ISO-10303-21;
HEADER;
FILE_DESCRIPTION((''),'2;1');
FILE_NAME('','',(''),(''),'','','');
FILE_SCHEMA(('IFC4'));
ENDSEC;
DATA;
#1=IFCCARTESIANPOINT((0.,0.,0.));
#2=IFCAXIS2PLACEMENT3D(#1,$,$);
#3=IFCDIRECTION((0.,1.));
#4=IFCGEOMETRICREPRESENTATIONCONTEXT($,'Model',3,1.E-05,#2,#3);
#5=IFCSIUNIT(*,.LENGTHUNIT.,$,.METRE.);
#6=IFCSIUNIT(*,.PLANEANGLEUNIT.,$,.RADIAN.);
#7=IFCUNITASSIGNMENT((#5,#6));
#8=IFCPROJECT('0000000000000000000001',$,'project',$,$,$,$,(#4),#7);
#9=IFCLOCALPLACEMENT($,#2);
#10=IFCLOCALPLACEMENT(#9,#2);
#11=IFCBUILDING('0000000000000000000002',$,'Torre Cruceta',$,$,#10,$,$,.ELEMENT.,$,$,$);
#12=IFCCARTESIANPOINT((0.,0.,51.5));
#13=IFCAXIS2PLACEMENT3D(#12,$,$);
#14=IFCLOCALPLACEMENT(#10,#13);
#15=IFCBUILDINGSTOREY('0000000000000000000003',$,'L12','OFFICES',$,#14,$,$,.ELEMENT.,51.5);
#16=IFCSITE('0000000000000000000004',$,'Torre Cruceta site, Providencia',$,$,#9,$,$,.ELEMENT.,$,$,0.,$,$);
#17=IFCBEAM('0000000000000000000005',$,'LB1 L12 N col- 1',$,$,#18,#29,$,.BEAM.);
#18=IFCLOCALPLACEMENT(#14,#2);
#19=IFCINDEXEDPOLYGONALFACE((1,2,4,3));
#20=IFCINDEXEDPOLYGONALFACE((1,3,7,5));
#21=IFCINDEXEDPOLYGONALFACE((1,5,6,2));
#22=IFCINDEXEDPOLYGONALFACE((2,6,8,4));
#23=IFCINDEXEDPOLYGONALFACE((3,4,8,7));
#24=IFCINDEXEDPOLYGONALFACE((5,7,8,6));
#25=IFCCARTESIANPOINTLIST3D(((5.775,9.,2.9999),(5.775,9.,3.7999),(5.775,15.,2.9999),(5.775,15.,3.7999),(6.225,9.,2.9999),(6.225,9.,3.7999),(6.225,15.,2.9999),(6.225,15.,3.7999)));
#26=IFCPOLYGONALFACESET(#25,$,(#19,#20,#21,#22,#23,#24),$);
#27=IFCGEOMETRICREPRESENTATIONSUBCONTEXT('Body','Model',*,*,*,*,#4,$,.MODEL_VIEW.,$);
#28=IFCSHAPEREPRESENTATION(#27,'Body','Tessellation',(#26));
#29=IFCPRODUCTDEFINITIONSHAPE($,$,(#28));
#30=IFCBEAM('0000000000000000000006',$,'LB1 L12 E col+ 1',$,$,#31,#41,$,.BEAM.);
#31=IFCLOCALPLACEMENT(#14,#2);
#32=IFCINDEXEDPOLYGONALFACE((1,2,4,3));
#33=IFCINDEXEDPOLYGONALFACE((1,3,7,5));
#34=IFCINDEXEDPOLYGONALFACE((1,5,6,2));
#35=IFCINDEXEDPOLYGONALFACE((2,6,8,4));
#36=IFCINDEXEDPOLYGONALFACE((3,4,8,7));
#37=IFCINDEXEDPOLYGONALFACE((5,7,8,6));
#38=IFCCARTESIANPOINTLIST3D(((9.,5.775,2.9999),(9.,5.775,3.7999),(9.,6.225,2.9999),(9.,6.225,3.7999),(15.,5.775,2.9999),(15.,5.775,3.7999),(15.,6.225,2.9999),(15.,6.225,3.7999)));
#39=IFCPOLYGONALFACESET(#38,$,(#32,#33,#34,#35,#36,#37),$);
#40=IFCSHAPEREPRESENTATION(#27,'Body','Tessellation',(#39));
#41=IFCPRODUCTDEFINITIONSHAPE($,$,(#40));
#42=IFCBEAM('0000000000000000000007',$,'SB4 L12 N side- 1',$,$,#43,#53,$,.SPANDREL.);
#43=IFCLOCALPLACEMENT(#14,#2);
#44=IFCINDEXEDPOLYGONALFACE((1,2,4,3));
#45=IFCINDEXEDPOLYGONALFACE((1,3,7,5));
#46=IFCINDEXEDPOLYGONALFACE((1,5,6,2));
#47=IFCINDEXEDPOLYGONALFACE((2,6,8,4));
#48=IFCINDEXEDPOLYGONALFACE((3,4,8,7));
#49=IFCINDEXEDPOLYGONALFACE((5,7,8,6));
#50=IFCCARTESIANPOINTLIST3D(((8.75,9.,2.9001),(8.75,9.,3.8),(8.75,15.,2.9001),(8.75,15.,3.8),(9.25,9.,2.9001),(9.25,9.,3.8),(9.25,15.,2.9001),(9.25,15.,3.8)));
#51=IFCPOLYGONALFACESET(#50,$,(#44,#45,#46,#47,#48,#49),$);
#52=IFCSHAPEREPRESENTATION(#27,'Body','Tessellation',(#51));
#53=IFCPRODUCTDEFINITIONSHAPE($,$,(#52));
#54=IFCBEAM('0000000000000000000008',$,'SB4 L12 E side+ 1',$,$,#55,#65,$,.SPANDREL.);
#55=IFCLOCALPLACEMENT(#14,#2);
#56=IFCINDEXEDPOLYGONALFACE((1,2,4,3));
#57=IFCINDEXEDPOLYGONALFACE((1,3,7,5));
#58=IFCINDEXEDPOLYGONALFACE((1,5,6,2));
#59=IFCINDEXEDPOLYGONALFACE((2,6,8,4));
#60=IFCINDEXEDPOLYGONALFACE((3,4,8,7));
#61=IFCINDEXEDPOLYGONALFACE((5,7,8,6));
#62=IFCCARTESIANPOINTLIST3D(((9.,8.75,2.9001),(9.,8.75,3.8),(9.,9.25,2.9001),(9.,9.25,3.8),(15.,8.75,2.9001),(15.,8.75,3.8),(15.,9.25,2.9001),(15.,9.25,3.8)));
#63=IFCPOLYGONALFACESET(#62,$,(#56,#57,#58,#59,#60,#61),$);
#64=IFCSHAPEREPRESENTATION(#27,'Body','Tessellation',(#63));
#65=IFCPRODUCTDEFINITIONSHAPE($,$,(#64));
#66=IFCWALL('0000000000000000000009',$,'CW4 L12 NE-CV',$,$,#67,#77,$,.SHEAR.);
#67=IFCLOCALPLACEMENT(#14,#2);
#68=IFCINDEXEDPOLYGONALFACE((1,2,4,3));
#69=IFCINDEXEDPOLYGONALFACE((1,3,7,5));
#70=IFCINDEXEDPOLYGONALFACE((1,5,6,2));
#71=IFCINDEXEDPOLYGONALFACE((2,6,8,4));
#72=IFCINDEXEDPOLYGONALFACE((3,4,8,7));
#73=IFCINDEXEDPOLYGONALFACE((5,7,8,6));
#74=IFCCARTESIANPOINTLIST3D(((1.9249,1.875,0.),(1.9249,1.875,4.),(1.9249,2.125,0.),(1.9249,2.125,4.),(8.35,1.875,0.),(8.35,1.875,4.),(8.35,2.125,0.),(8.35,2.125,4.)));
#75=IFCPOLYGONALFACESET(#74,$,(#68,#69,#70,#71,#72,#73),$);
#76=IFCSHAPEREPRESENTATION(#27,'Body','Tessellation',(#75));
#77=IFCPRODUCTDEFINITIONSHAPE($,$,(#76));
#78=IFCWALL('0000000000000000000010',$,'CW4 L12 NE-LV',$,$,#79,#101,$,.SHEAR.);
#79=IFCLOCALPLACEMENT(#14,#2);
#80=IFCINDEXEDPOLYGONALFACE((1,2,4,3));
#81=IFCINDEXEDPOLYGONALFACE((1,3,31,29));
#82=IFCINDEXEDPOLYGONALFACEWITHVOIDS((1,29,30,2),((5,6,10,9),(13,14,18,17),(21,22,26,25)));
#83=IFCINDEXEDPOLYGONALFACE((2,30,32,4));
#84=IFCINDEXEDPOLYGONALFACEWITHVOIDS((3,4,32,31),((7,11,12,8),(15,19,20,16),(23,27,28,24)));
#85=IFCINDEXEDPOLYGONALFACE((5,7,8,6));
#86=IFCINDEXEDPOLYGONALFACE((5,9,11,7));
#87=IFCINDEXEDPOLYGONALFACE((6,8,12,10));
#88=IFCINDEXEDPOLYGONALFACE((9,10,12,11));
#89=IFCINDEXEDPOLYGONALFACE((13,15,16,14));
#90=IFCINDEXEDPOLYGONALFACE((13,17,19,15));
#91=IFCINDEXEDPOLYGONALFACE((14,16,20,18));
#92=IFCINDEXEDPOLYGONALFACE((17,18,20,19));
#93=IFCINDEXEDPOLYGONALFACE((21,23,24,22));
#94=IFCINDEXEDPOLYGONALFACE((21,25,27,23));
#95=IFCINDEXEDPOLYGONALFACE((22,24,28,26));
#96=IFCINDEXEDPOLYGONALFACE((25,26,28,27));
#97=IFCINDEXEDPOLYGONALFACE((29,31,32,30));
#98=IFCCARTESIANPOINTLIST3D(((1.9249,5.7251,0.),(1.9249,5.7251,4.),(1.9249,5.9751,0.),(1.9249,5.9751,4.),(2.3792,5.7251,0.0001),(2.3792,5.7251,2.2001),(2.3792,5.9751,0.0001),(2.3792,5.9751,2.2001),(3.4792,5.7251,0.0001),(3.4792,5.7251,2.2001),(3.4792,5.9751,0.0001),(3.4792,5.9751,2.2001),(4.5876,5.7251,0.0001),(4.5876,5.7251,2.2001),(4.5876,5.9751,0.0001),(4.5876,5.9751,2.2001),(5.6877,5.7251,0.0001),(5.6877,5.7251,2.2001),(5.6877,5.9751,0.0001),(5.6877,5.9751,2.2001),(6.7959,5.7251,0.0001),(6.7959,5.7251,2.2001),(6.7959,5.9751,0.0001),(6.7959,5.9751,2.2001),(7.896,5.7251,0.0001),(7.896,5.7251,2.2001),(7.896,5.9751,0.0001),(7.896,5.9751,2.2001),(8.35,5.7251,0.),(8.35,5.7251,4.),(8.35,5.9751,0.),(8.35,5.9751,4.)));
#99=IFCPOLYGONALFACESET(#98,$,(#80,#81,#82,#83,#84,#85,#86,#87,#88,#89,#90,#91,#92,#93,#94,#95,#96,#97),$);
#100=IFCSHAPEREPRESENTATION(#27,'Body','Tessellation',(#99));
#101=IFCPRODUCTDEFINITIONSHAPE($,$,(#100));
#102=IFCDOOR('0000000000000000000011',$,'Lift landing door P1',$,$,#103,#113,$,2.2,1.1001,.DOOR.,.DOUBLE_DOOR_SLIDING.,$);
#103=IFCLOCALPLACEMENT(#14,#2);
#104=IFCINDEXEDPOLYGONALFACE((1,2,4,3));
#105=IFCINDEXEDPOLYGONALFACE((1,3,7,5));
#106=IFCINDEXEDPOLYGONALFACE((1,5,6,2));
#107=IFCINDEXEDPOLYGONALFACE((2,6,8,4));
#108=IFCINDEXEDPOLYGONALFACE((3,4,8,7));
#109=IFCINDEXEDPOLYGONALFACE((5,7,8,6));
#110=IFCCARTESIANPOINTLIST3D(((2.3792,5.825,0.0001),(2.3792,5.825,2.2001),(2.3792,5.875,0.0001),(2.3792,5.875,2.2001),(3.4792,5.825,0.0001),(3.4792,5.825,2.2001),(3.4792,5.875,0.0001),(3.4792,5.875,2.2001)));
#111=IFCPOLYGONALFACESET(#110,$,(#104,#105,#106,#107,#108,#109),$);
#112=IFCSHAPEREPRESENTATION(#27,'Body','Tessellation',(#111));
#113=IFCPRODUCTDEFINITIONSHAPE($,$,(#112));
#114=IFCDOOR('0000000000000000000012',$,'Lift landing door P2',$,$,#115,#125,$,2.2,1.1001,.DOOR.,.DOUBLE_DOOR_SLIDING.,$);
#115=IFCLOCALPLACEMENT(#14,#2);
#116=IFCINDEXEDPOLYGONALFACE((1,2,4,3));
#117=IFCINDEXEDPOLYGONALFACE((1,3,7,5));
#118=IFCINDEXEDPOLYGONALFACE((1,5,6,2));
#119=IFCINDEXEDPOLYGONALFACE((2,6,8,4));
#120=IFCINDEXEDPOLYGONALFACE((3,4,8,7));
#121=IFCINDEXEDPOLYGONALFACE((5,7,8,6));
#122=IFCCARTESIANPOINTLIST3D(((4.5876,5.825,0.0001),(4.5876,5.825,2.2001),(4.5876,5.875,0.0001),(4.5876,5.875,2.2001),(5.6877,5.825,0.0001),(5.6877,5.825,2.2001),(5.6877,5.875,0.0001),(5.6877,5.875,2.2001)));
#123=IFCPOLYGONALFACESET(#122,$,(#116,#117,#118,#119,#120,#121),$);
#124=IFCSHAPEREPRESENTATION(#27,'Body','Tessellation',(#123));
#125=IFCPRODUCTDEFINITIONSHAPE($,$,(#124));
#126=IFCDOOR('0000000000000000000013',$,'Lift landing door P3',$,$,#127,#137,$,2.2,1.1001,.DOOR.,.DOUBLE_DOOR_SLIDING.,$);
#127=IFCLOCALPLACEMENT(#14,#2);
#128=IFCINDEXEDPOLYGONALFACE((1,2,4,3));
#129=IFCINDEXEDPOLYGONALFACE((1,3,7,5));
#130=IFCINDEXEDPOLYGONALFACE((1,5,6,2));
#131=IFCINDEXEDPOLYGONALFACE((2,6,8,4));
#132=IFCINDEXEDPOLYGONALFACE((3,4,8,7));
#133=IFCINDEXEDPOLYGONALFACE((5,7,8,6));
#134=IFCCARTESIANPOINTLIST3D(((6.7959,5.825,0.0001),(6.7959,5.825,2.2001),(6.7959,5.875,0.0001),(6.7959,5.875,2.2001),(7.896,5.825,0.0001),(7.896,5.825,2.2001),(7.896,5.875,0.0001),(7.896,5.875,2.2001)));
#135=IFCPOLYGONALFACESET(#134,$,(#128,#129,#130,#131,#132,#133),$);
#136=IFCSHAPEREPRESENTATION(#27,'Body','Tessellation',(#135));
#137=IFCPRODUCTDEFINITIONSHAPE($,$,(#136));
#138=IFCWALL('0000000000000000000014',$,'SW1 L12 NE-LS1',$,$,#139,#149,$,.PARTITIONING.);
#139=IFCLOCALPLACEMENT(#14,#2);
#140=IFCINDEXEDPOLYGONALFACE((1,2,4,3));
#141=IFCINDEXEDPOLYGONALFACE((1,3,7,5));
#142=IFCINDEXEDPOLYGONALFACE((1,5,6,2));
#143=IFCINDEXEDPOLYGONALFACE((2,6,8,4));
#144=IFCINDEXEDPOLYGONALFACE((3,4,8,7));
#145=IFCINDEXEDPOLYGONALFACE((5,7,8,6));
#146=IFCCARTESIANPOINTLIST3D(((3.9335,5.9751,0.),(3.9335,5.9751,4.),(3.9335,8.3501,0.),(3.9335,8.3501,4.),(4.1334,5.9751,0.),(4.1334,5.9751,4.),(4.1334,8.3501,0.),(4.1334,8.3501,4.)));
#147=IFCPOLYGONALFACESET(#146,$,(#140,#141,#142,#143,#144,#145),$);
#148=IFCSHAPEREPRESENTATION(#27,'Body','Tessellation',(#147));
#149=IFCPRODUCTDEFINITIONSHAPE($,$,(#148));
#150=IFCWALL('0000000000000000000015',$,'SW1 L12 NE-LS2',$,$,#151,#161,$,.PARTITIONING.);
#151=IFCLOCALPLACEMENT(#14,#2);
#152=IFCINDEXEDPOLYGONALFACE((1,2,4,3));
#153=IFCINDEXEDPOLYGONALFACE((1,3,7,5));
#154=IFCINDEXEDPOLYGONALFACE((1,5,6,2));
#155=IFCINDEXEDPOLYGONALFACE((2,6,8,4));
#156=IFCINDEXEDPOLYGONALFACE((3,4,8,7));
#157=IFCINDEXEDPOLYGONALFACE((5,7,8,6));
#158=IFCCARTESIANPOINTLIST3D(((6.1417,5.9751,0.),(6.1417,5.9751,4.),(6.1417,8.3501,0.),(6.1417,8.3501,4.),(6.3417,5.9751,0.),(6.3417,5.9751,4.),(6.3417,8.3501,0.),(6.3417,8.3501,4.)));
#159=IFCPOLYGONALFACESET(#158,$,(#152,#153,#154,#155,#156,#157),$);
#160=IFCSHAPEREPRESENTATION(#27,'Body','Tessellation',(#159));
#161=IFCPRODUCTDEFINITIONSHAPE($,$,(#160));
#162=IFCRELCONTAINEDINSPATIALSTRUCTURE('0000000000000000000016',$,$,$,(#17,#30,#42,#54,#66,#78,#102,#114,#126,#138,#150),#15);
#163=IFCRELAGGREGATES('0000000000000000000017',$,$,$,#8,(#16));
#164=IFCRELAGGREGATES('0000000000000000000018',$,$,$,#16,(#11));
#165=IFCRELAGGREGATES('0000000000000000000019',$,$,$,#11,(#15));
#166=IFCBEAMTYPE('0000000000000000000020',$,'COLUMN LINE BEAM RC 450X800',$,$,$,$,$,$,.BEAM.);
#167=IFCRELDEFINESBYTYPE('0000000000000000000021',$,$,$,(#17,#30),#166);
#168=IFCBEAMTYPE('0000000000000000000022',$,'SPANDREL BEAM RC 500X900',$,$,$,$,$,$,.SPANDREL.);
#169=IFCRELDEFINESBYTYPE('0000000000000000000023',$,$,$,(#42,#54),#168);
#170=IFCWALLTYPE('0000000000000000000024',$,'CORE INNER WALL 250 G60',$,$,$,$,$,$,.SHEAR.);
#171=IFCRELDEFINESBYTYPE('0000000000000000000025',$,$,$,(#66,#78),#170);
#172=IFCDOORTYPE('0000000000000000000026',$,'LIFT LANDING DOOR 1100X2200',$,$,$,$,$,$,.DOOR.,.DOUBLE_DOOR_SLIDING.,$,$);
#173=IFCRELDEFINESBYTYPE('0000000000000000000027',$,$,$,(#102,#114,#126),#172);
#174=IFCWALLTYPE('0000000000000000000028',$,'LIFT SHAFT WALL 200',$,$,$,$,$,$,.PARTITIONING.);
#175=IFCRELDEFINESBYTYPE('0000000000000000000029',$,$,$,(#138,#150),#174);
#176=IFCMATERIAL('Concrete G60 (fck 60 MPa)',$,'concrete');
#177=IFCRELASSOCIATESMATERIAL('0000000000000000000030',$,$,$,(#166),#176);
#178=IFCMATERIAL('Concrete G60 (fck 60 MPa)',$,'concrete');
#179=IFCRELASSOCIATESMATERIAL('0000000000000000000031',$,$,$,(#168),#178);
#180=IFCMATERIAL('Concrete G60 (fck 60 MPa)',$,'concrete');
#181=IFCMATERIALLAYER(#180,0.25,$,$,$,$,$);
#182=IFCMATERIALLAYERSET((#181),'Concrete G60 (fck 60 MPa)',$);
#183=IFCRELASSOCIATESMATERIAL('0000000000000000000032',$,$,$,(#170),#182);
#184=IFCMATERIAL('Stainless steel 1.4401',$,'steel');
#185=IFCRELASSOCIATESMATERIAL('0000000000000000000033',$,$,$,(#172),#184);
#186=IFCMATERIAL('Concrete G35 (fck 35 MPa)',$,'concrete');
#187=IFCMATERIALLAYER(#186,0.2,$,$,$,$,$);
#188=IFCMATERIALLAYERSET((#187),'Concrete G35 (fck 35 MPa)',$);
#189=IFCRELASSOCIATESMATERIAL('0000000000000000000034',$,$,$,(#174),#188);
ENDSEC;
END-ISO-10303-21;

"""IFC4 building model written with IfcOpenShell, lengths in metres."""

from ifc_helpers import new_model, si_unit, direction, frame, frame_2d, origin, origin_2d, place, context, subcontext, project, spatial, rectangle, extrude, material, layer, layer_set, material_profile, profile_set, type_object, element, fill, save


model = new_model("IFC4")

# Units and contexts
model_context = context("Model", 3, precision=1e-05, world=origin(), true_north=direction((0.0, 1.0)))
body_context = subcontext(model_context, "Body", "Model", "MODEL_VIEW")
ifc_project = project(units=[si_unit("LENGTHUNIT", "METRE"), si_unit("PLANEANGLEUNIT", "RADIAN")], contexts=[model_context])

# Site, building, storey
site_placement = place(None, origin())
site = spatial("IfcSite", under=ifc_project, at=site_placement, Name="Torre Cruceta site, Providencia", CompositionType="ELEMENT", RefElevation=0.0)
building_placement = place(site_placement, origin())
building = spatial("IfcBuilding", under=site, at=building_placement, Name="Torre Cruceta", CompositionType="ELEMENT")
storey_placement = place(building_placement, frame((0.0, 0.0, 51.5)))
storey = spatial("IfcBuildingStorey", under=building, at=storey_placement, Name="L12", Description="OFFICES", CompositionType="ELEMENT", Elevation=51.5)

# Beams
ifc_material_1 = material(Name="Concrete G60 (fck 60 MPa)", Category="concrete")
ifc_material_profile_1 = material_profile(ifc_material_1, rectangle(XDim=0.45, YDim=0.8, at=origin_2d()), Name="RC 450X800")
ifc_profile_set_1 = profile_set([ifc_material_profile_1], Name="Concrete G60 (fck 60 MPa)")
beam_type_1 = type_object("IfcBeamType", Name="COLUMN LINE BEAM RC 450X800", PredefinedType="BEAM", material=ifc_profile_set_1)
for number, where, z_axis, x_axis, name in (
    (1, (6.0, 9.0, 3.3999), (0.0, 1.0, 0.0), (-1.0, 0.0, 0.0), "LB1 L12 N col- 1"),
    (2, (9.0, 6.0, 3.3999), (1.0, 0.0, 0.0), (0.0, 1.0, 0.0), "LB1 L12 E col+ 1"),
):
    element("IfcBeam", number, at=place(storey_placement, frame(where, z_axis=z_axis, x_axis=x_axis)), inside=storey, type_object=beam_type_1, Name=name, PredefinedType="BEAM", context=body_context, shape_type="SweptSolid", body=[
        extrude(rectangle(XDim=0.45, YDim=0.8, at=origin_2d()), origin(), (0.0, 0.0, 1.0), 6.0),
    ])
ifc_material_2 = material(Name="Concrete G60 (fck 60 MPa)", Category="concrete")
ifc_material_profile_2 = material_profile(ifc_material_2, rectangle(XDim=0.5, YDim=0.8999, at=origin_2d()), Name="RC 500X900")
ifc_profile_set_2 = profile_set([ifc_material_profile_2], Name="Concrete G60 (fck 60 MPa)")
beam_type_2 = type_object("IfcBeamType", Name="SPANDREL BEAM RC 500X900", PredefinedType="SPANDREL", material=ifc_profile_set_2)
for number, where, z_axis, x_axis, name in (
    (3, (9.0, 9.0, 3.3501), (0.0, 1.0, 0.0), (-1.0, 0.0, 0.0), "SB4 L12 N side- 1"),
    (4, (9.0, 9.0, 3.3501), (1.0, 0.0, 0.0), (0.0, 1.0, 0.0), "SB4 L12 E side+ 1"),
):
    element("IfcBeam", number, at=place(storey_placement, frame(where, z_axis=z_axis, x_axis=x_axis)), inside=storey, type_object=beam_type_2, Name=name, PredefinedType="SPANDREL", context=body_context, shape_type="SweptSolid", body=[
        extrude(rectangle(XDim=0.5, YDim=0.8999, at=origin_2d()), origin(), (0.0, 0.0, 1.0), 6.0),
    ])

# Wall
ifc_material_3 = material(Name="Concrete G60 (fck 60 MPa)", Category="concrete")
ifc_layer_1 = layer(ifc_material_3, 0.25)
ifc_layer_set_1 = layer_set([ifc_layer_1], Name="Concrete G60 (fck 60 MPa)")
wall_type_1 = type_object("IfcWallType", Name="CORE INNER WALL 250 G60", PredefinedType="SHEAR", material=ifc_layer_set_1)
wall_1_placement = place(storey_placement, frame((1.925, 2.0, 0.0), z_axis=(0.0, 0.0, 1.0), x_axis=(1.0, 0.0, 0.0)))
element("IfcWall", 5, at=wall_1_placement, inside=storey, type_object=wall_type_1, Name="CW4 L12 NE-CV", PredefinedType="SHEAR", context=body_context, shape_type="SweptSolid", body=[
    extrude(rectangle(XDim=6.425, YDim=0.25, at=frame_2d((3.2124, 0.0))), origin(), (0.0, 0.0, 1.0), 4.0),
])

# Wall, openings, doors
wall_2_placement = place(storey_placement, frame((1.925, 5.8501, 0.0), z_axis=(0.0, 0.0, 1.0), x_axis=(1.0, 0.0, 0.0)))
wall_2 = element("IfcWall", 6, at=wall_2_placement, inside=storey, type_object=wall_type_1, Name="CW4 L12 NE-LV", PredefinedType="SHEAR", context=body_context, shape_type="SweptSolid", body=[
    extrude(rectangle(XDim=6.425, YDim=0.25, at=frame_2d((3.2124, 0.0))), origin(), (0.0, 0.0, 1.0), 4.0),
])
opening_1_placement = place(wall_2_placement, frame((0.4541, 0.0, 0.0)))
opening_1 = element("IfcOpeningElement", 7, at=opening_1_placement, cuts=wall_2, PredefinedType="OPENING", context=body_context, shape_type="SweptSolid", body=[
    extrude(rectangle(XDim=1.1001, YDim=2.2, at=frame_2d((0.55, 1.1001))), frame((0.0, 0.135, 0.0), z_axis=(0.0, -1.0, 0.0), x_axis=(1.0, 0.0, 0.0)), (0.0, 0.0, 1.0), 0.27),
])
opening_2_placement = place(wall_2_placement, frame((2.6626, 0.0, 0.0)))
opening_2 = element("IfcOpeningElement", 8, at=opening_2_placement, cuts=wall_2, PredefinedType="OPENING", context=body_context, shape_type="SweptSolid", body=[
    extrude(rectangle(XDim=1.1001, YDim=2.2, at=frame_2d((0.55, 1.1001))), frame((0.0, 0.135, 0.0), z_axis=(0.0, -1.0, 0.0), x_axis=(1.0, 0.0, 0.0)), (0.0, 0.0, 1.0), 0.27),
])
opening_3_placement = place(wall_2_placement, frame((4.8708, 0.0, 0.0)))
opening_3 = element("IfcOpeningElement", 9, at=opening_3_placement, cuts=wall_2, PredefinedType="OPENING", context=body_context, shape_type="SweptSolid", body=[
    extrude(rectangle(XDim=1.1001, YDim=2.2, at=frame_2d((0.55, 1.1001))), frame((0.0, 0.135, 0.0), z_axis=(0.0, -1.0, 0.0), x_axis=(1.0, 0.0, 0.0)), (0.0, 0.0, 1.0), 0.27),
])
ifc_material_4 = material(Name="Stainless steel 1.4401", Category="steel")
door_type_1 = type_object("IfcDoorType", Name="LIFT LANDING DOOR 1100X2200", OperationType="DOUBLE_DOOR_SLIDING", PredefinedType="DOOR", material=ifc_material_4)
door_1_placement = place(opening_1_placement, origin())
door_1 = element("IfcDoor", 10, at=door_1_placement, inside=storey, type_object=door_type_1, Name="Lift landing door P1", OperationType="DOUBLE_DOOR_SLIDING", OverallHeight=2.2, OverallWidth=1.1001, PredefinedType="DOOR", context=body_context, shape_type="SweptSolid", body=[
    extrude(rectangle(XDim=1.1001, YDim=2.2, at=frame_2d((0.55, 1.1001))), frame((0.0, 0.0249, 0.0), z_axis=(0.0, -1.0, 0.0), x_axis=(1.0, 0.0, 0.0)), (0.0, 0.0, 1.0), 0.05),
])
fill(opening_1, door_1)
door_2_placement = place(opening_2_placement, origin())
door_2 = element("IfcDoor", 11, at=door_2_placement, inside=storey, type_object=door_type_1, Name="Lift landing door P2", OperationType="DOUBLE_DOOR_SLIDING", OverallHeight=2.2, OverallWidth=1.1001, PredefinedType="DOOR", context=body_context, shape_type="SweptSolid", body=[
    extrude(rectangle(XDim=1.1001, YDim=2.2, at=frame_2d((0.55, 1.1001))), frame((0.0, 0.0249, 0.0), z_axis=(0.0, -1.0, 0.0), x_axis=(1.0, 0.0, 0.0)), (0.0, 0.0, 1.0), 0.05),
])
fill(opening_2, door_2)
door_3_placement = place(opening_3_placement, origin())
door_3 = element("IfcDoor", 12, at=door_3_placement, inside=storey, type_object=door_type_1, Name="Lift landing door P3", OperationType="DOUBLE_DOOR_SLIDING", OverallHeight=2.2, OverallWidth=1.1001, PredefinedType="DOOR", context=body_context, shape_type="SweptSolid", body=[
    extrude(rectangle(XDim=1.1001, YDim=2.2, at=frame_2d((0.55, 1.1001))), frame((0.0, 0.0249, 0.0), z_axis=(0.0, -1.0, 0.0), x_axis=(1.0, 0.0, 0.0)), (0.0, 0.0, 1.0), 0.05),
])
fill(opening_3, door_3)

# Walls
ifc_material_5 = material(Name="Concrete G35 (fck 35 MPa)", Category="concrete")
ifc_layer_2 = layer(ifc_material_5, 0.2)
ifc_layer_set_2 = layer_set([ifc_layer_2], Name="Concrete G35 (fck 35 MPa)")
wall_type_2 = type_object("IfcWallType", Name="LIFT SHAFT WALL 200", PredefinedType="PARTITIONING", material=ifc_layer_set_2)
for number, where, z_axis, x_axis, name in (
    (13, (4.0334, 5.9751, 0.0), (0.0, 0.0, 1.0), (0.0, 1.0, 0.0), "SW1 L12 NE-LS1"),
    (14, (6.2417, 5.9751, 0.0), (0.0, 0.0, 1.0), (0.0, 1.0, 0.0), "SW1 L12 NE-LS2"),
):
    element("IfcWall", number, at=place(storey_placement, frame(where, z_axis=z_axis, x_axis=x_axis)), inside=storey, type_object=wall_type_2, Name=name, PredefinedType="PARTITIONING", context=body_context, shape_type="SweptSolid", body=[
        extrude(rectangle(XDim=2.375, YDim=0.2, at=frame_2d((1.1875, 0.0))), origin(), (0.0, 0.0, 1.0), 4.0),
    ])

save(model, "model.ifc")
